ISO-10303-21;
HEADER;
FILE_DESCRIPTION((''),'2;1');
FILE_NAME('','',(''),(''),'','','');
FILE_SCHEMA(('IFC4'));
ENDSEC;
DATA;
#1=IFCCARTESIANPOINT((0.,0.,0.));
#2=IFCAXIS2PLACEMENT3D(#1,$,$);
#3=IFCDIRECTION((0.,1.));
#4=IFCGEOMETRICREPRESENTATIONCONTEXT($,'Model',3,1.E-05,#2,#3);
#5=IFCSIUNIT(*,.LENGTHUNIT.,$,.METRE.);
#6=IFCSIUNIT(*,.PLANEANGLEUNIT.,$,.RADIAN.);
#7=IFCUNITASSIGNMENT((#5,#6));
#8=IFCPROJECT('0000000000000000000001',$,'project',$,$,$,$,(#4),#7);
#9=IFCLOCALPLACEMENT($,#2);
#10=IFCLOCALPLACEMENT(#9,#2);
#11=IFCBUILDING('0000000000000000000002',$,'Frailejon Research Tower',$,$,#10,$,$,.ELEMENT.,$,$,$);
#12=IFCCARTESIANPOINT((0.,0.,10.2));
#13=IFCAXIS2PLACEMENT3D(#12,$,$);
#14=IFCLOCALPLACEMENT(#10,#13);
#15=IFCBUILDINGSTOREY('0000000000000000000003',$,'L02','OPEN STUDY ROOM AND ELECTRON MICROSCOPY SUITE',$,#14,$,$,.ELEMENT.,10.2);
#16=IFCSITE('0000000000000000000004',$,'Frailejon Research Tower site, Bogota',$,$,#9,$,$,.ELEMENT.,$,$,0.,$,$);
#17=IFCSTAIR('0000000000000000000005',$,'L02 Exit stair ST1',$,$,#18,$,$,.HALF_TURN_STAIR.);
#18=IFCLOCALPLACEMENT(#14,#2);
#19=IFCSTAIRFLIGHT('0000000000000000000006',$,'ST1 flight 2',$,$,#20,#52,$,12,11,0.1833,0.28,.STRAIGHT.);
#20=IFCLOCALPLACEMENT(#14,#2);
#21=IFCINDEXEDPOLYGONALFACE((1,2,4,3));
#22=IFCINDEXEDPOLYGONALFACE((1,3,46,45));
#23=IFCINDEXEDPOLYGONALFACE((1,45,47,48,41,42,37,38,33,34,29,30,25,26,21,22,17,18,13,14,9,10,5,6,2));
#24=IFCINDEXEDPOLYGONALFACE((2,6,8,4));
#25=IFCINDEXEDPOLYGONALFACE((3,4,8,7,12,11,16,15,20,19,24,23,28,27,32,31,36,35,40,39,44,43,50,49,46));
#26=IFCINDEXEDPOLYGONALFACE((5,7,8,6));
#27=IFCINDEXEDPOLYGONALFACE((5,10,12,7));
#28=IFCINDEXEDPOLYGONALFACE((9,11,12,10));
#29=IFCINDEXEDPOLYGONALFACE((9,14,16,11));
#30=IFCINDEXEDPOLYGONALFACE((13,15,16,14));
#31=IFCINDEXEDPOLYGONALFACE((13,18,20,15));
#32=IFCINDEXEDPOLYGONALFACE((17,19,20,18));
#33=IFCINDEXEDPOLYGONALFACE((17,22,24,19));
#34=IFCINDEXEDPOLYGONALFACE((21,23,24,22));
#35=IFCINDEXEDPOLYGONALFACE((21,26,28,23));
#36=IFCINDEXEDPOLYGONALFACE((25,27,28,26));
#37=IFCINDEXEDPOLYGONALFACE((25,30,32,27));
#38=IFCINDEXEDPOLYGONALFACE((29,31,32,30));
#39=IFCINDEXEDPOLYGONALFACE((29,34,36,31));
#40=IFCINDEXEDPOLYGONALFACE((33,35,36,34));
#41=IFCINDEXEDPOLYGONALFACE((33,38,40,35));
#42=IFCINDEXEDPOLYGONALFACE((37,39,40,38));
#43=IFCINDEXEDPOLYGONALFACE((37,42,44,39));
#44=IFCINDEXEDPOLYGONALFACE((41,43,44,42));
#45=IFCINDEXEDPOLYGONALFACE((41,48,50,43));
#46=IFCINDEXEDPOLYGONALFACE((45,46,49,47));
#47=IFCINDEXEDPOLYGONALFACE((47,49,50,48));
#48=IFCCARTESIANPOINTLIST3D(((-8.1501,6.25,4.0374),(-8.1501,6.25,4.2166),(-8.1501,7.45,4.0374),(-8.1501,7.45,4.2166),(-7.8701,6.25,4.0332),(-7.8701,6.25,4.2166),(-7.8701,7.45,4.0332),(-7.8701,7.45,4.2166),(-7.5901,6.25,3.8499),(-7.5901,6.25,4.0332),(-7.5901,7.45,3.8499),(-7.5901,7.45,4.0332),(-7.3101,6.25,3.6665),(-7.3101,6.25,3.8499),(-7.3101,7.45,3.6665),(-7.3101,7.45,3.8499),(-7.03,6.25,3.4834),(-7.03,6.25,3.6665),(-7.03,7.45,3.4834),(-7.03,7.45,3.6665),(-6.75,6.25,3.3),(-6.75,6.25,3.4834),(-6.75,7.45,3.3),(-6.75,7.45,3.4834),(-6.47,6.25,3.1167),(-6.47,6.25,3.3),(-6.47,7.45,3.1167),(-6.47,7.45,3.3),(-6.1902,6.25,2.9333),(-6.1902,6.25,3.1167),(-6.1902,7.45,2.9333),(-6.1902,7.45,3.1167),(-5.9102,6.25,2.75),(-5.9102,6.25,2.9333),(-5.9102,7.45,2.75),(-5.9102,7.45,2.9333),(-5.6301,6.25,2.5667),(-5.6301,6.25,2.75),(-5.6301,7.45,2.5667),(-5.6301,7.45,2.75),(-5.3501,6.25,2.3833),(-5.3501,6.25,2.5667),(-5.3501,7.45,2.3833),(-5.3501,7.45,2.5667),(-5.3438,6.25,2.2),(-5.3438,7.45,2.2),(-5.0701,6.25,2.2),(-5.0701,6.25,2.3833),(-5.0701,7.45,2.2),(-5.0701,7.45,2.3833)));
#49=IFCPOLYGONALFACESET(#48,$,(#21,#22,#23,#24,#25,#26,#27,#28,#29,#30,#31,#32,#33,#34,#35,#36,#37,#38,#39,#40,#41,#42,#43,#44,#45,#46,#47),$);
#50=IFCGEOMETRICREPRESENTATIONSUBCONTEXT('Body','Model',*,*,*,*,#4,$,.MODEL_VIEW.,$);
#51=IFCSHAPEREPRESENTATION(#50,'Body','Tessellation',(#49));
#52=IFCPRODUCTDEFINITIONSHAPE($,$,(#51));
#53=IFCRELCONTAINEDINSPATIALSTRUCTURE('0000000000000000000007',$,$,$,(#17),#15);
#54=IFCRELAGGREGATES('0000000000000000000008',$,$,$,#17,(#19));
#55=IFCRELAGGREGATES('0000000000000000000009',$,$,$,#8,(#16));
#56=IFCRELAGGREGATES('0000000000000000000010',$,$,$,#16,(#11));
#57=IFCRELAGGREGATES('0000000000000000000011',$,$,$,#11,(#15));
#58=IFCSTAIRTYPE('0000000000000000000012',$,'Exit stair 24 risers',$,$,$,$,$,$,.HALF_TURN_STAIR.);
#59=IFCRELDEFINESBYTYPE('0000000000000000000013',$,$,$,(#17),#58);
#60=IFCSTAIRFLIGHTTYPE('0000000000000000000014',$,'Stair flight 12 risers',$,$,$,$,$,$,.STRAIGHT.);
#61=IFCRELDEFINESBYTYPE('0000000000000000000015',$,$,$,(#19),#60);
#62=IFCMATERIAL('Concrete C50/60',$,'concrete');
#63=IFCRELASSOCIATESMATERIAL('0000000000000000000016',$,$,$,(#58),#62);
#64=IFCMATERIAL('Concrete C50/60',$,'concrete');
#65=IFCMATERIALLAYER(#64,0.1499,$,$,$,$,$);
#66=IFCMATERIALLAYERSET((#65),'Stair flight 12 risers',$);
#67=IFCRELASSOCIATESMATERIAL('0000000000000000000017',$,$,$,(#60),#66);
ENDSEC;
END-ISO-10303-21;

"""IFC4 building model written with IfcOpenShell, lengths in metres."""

from ifc_helpers import new_model, si_unit, direction, frame, origin, place, context, subcontext, project, spatial, polyline, outline, extrude, material, layer, layer_set, type_object, element, aggregate, save


model = new_model("IFC4")

# Units and contexts
model_context = context("Model", 3, precision=1e-05, world=origin(), true_north=direction((0.0, 1.0)))
body_context = subcontext(model_context, "Body", "Model", "MODEL_VIEW")
ifc_project = project(units=[si_unit("LENGTHUNIT", "METRE"), si_unit("PLANEANGLEUNIT", "RADIAN")], contexts=[model_context])

# Site, building, storey
site_placement = place(None, origin())
site = spatial("IfcSite", under=ifc_project, at=site_placement, Name="Frailejon Research Tower site, Bogota", CompositionType="ELEMENT", RefElevation=0.0)
building_placement = place(site_placement, origin())
building = spatial("IfcBuilding", under=site, at=building_placement, Name="Frailejon Research Tower", CompositionType="ELEMENT")
storey_placement = place(building_placement, frame((0.0, 0.0, 10.2)))
storey = spatial("IfcBuildingStorey", under=building, at=storey_placement, Name="L02", Description="OPEN STUDY ROOM AND ELECTRON MICROSCOPY SUITE", CompositionType="ELEMENT", Elevation=10.2)

# Stair, stair flight
ifc_material_1 = material(Name="Concrete C50/60", Category="concrete")
stair_type = type_object("IfcStairType", Name="Exit stair 24 risers", PredefinedType="HALF_TURN_STAIR", material=ifc_material_1)
stair_placement = place(storey_placement, origin())
stair = element("IfcStair", 1, at=stair_placement, inside=storey, type_object=stair_type, Name="L02 Exit stair ST1", PredefinedType="HALF_TURN_STAIR")
ifc_material_2 = material(Name="Concrete C50/60", Category="concrete")
ifc_layer_1 = layer(ifc_material_2, 0.1499)
ifc_layer_set_1 = layer_set([ifc_layer_1], Name="Stair flight 12 risers")
stair_flight_type = type_object("IfcStairFlightType", Name="Stair flight 12 risers", PredefinedType="STRAIGHT", material=ifc_layer_set_1)
stair_flight_placement = place(storey_placement, frame((-5.0701, 6.8501, 2.2), z_axis=(0.0, 0.0, 1.0), x_axis=(-1.0, 0.0, 0.0)))
stair_flight = element("IfcStairFlight", 2, at=stair_flight_placement, type_object=stair_flight_type, Name="ST1 flight 2", NumberOfRisers=12, NumberOfTreads=11, PredefinedType="STRAIGHT", RiserHeight=0.1833, TreadLength=0.28, context=body_context, shape_type="SweptSolid", body=[
    extrude(outline(polyline([(0.0, 0.0), (0.0, 0.1833), (0.28, 0.1833), (0.28, 0.3667), (0.5601, 0.3667), (0.5601, 0.55), (0.8401, 0.55), (0.8401, 0.7334), (1.1201, 0.7334), (1.1201, 0.9167), (1.3999, 0.9167), (1.3999, 1.1001), (1.6799, 1.1001), (1.6799, 1.2834), (1.96, 1.2834), (1.96, 1.4666), (2.24, 1.4666), (2.24, 1.6499), (2.52, 1.6499), (2.52, 1.8333), (2.8, 1.8333), (2.8, 2.0166), (3.0801, 2.0166), (3.0801, 2.2), (3.0801, 1.8374), (0.2737, 0.0), (0.0, 0.0)])), frame((0.0, 0.6001, 0.0), z_axis=(0.0, -1.0, 0.0), x_axis=(1.0, 0.0, 0.0)), (0.0, 0.0, 1.0), 1.2),
])
aggregate(stair, [stair_flight])

save(model, "model.ifc")
